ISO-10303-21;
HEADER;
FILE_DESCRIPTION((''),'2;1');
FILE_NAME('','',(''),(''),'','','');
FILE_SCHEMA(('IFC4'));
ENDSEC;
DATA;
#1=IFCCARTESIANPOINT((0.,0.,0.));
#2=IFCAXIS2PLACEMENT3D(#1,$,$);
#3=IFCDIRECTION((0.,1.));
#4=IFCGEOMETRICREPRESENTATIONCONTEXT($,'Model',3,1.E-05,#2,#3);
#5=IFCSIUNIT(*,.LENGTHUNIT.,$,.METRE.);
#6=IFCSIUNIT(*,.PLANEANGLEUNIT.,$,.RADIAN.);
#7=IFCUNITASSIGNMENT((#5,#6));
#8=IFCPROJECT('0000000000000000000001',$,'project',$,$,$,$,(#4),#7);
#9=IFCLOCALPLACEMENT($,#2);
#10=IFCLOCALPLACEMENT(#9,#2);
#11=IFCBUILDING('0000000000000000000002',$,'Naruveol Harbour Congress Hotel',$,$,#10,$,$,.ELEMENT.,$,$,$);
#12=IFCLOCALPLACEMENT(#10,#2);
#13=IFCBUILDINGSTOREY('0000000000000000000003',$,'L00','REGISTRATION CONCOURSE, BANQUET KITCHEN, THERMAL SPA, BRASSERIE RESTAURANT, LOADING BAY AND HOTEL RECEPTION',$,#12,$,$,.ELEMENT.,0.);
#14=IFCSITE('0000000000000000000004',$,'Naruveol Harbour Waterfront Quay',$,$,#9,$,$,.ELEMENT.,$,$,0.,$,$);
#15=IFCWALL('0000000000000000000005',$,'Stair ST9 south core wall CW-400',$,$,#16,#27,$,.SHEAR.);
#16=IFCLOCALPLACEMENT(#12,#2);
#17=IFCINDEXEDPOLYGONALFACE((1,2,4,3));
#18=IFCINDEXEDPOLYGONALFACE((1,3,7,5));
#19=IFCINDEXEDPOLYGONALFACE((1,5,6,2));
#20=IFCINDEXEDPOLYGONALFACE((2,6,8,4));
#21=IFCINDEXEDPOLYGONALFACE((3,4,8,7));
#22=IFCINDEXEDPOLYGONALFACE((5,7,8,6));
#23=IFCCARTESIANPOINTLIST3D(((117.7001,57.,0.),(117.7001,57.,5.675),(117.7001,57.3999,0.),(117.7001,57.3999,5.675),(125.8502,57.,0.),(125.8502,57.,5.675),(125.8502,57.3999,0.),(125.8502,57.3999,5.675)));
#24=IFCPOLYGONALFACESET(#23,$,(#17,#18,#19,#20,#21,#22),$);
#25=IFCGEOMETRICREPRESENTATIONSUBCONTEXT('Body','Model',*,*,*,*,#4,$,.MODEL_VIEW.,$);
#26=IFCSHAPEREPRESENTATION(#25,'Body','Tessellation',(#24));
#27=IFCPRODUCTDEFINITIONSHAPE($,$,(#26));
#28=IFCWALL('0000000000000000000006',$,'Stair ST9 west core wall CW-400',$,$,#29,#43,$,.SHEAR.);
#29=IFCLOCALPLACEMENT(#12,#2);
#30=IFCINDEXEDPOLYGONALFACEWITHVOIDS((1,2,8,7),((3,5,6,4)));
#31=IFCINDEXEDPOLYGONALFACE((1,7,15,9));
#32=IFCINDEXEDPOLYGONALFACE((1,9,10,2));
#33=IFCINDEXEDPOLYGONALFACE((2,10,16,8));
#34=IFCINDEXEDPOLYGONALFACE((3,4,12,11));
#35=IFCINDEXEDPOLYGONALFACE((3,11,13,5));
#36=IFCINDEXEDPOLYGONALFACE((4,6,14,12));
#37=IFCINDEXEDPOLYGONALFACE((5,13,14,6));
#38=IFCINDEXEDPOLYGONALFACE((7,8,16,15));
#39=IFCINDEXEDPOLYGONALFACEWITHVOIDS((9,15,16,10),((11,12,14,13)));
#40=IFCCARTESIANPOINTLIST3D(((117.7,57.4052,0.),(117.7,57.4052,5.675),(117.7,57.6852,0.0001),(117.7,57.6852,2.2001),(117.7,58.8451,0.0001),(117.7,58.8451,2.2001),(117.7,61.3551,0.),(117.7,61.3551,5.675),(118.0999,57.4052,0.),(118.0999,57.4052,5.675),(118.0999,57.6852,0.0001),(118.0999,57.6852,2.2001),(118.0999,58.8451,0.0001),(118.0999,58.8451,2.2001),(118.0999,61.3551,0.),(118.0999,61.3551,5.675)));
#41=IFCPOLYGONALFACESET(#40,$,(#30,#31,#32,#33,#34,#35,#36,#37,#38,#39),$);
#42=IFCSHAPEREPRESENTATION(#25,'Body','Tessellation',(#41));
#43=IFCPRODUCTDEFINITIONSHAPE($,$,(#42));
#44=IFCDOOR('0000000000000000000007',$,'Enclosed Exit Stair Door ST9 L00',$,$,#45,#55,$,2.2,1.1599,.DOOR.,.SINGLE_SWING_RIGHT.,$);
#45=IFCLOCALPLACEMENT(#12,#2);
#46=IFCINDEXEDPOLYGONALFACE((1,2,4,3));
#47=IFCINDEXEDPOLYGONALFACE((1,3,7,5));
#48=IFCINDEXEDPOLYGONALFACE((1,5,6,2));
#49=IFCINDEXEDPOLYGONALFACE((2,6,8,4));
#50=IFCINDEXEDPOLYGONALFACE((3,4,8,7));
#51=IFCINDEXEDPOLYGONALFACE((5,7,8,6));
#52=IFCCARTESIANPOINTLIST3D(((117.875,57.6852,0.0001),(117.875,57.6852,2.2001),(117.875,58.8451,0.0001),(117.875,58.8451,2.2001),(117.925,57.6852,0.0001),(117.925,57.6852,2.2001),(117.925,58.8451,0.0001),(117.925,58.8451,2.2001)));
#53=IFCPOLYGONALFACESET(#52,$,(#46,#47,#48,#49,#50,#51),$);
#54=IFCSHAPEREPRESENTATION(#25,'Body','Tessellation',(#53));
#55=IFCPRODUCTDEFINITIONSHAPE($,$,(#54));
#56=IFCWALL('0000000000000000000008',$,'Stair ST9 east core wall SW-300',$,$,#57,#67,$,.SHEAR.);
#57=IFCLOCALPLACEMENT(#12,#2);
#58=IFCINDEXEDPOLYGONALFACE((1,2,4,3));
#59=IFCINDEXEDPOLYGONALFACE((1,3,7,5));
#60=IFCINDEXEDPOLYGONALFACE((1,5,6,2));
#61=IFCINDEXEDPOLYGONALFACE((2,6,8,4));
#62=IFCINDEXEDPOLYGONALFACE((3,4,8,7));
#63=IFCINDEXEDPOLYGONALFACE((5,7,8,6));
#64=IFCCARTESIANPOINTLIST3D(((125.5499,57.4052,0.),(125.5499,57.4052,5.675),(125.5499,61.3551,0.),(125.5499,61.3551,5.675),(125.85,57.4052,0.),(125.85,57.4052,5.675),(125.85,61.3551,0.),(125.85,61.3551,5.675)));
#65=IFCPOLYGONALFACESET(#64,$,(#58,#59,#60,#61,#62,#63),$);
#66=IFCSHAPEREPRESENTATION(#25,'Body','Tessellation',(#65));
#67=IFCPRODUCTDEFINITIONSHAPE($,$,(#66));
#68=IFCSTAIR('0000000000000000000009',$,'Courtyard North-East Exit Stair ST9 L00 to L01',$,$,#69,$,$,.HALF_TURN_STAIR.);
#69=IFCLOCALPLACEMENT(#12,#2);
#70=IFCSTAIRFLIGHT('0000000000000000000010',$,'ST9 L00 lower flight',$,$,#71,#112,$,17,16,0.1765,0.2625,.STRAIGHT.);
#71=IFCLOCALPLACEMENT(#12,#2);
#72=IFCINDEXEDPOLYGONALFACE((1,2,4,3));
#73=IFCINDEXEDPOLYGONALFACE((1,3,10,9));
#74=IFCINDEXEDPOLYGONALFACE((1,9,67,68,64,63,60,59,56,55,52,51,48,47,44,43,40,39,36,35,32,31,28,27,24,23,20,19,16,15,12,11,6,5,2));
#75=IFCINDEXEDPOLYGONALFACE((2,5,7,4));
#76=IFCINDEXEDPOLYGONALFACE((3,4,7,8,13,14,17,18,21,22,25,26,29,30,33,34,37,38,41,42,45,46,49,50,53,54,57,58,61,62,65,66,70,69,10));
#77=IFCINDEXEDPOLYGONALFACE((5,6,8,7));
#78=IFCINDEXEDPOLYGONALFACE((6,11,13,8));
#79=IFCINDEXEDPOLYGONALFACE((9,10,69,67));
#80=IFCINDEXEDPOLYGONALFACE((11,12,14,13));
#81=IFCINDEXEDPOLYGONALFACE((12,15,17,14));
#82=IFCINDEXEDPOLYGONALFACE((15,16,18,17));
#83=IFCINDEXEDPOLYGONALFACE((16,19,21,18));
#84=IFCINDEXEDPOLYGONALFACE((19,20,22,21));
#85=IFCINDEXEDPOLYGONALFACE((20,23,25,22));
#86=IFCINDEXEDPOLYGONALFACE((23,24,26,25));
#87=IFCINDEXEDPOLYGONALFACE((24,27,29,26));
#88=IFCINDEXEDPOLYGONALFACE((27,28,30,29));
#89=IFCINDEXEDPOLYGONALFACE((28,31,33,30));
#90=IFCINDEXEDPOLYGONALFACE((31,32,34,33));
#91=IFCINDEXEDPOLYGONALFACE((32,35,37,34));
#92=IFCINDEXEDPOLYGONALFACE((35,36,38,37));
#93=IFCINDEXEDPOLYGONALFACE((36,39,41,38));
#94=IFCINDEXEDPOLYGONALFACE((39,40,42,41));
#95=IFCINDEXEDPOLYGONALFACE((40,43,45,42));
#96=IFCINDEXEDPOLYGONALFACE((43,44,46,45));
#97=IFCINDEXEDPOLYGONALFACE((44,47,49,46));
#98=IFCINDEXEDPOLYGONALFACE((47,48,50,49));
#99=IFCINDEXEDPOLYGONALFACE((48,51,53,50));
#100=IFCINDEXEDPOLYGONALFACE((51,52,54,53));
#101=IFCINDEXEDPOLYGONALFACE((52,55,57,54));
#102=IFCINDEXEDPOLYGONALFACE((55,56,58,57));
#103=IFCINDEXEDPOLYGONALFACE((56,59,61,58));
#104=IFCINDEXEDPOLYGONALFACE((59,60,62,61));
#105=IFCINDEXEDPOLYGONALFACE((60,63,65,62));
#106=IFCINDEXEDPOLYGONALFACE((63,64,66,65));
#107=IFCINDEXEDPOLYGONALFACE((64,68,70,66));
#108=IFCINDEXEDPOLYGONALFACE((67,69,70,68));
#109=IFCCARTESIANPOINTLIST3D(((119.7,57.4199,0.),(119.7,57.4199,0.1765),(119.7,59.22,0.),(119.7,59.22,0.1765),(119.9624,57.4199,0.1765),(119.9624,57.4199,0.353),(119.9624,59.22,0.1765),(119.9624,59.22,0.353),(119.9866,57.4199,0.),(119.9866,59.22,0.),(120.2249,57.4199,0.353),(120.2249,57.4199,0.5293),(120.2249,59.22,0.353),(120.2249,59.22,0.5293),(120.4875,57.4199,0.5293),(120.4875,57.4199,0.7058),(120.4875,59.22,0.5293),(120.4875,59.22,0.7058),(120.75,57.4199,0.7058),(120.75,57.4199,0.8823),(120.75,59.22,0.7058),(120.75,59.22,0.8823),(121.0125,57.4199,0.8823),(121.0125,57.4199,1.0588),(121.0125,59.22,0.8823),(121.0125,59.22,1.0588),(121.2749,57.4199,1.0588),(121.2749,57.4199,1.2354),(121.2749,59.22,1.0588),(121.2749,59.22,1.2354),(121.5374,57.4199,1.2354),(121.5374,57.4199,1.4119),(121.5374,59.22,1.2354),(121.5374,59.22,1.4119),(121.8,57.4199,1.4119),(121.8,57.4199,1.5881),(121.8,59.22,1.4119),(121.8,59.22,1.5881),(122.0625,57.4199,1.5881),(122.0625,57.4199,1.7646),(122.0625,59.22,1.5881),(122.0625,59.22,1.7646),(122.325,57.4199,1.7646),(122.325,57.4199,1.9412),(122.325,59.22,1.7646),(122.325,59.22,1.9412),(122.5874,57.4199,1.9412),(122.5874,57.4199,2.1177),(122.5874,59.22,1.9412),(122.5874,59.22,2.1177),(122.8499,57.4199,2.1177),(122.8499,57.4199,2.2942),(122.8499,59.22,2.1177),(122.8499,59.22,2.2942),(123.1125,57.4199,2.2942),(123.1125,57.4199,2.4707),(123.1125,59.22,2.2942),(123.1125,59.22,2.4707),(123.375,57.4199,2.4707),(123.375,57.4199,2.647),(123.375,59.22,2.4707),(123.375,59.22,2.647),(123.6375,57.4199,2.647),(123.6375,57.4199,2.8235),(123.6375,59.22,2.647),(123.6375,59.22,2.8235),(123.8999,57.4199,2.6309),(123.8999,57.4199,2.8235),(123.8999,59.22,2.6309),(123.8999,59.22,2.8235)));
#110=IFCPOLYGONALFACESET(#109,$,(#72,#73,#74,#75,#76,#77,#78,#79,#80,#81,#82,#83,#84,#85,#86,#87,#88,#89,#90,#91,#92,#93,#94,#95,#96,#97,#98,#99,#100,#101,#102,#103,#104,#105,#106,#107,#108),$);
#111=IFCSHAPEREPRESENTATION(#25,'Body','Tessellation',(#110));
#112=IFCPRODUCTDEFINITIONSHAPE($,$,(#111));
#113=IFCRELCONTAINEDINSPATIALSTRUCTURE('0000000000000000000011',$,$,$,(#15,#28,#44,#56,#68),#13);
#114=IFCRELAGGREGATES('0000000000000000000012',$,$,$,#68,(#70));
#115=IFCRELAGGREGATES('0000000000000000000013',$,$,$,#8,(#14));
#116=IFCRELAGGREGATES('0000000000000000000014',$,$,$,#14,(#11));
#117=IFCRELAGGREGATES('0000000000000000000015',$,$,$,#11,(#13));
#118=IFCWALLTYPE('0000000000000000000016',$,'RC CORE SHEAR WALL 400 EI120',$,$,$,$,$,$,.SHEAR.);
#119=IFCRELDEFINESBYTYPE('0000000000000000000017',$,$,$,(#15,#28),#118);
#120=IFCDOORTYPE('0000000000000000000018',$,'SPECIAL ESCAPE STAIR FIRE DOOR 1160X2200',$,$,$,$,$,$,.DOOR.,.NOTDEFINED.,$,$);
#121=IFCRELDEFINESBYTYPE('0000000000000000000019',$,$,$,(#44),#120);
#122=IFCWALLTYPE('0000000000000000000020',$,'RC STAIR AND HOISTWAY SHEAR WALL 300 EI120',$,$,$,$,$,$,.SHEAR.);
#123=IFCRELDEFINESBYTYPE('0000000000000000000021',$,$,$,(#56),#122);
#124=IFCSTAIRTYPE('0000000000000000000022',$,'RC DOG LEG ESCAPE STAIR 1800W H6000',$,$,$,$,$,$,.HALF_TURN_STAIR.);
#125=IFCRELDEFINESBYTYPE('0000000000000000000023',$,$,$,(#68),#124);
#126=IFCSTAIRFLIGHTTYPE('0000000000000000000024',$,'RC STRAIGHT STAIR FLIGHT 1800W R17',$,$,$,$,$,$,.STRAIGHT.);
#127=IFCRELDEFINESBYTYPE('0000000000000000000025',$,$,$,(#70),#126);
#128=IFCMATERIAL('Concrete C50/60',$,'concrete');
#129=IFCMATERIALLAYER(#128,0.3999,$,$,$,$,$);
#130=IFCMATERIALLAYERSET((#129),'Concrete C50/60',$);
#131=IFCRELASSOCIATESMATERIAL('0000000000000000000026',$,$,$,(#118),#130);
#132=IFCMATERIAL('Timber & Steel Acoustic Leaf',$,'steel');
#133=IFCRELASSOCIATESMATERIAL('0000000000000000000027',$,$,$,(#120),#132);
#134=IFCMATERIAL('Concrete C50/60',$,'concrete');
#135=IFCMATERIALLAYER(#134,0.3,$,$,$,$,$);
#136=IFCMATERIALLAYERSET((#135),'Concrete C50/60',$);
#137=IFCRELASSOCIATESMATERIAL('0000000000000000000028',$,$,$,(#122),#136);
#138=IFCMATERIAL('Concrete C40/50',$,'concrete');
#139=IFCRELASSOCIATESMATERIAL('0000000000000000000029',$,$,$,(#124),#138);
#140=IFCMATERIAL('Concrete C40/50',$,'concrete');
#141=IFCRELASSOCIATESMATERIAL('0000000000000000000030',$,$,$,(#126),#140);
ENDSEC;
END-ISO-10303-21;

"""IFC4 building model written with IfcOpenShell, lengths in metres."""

from ifc_helpers import new_model, si_unit, direction, frame, frame_2d, origin, place, context, subcontext, project, spatial, polyline, rectangle, outline, extrude, material, layer, layer_set, type_object, element, fill, aggregate, save


model = new_model("IFC4")

# Units and contexts
model_context = context("Model", 3, precision=1e-05, world=origin(), true_north=direction((0.0, 1.0)))
body_context = subcontext(model_context, "Body", "Model", "MODEL_VIEW")
ifc_project = project(units=[si_unit("LENGTHUNIT", "METRE"), si_unit("PLANEANGLEUNIT", "RADIAN")], contexts=[model_context])

# Site, building, storey
site_placement = place(None, origin())
site = spatial("IfcSite", under=ifc_project, at=site_placement, Name="Naruveol Harbour Waterfront Quay", CompositionType="ELEMENT", RefElevation=0.0)
building_placement = place(site_placement, origin())
building = spatial("IfcBuilding", under=site, at=building_placement, Name="Naruveol Harbour Congress Hotel", CompositionType="ELEMENT")
storey_placement = place(building_placement, origin())
storey = spatial("IfcBuildingStorey", under=building, at=storey_placement, Name="L00", Description="REGISTRATION CONCOURSE, BANQUET KITCHEN, THERMAL SPA, BRASSERIE RESTAURANT, LOADING BAY AND HOTEL RECEPTION", CompositionType="ELEMENT", Elevation=0.0)

# Wall
ifc_material_1 = material(Name="Concrete C50/60", Category="concrete")
ifc_layer_1 = layer(ifc_material_1, 0.3999)
ifc_layer_set_1 = layer_set([ifc_layer_1], Name="Concrete C50/60")
wall_type_1 = type_object("IfcWallType", Name="RC CORE SHEAR WALL 400 EI120", PredefinedType="SHEAR", material=ifc_layer_set_1)
wall_1_placement = place(storey_placement, frame((117.7, 57.2, 0.0), z_axis=(0.0, 0.0, 1.0), x_axis=(1.0, 0.0, 0.0)))
element("IfcWall", 1, at=wall_1_placement, inside=storey, type_object=wall_type_1, Name="Stair ST9 south core wall CW-400", PredefinedType="SHEAR", context=body_context, shape_type="SweptSolid", body=[
    extrude(rectangle(XDim=8.1501, YDim=0.3999, at=frame_2d((4.0752, 0.0))), origin(), (0.0, 0.0, 1.0), 5.675),
])

# Wall, opening, door
wall_2_placement = place(storey_placement, frame((117.8999, 57.405, 0.0), z_axis=(0.0, 0.0, 1.0), x_axis=(0.0, 1.0, 0.0)))
wall_2 = element("IfcWall", 2, at=wall_2_placement, inside=storey, type_object=wall_type_1, Name="Stair ST9 west core wall CW-400", PredefinedType="SHEAR", context=body_context, shape_type="SweptSolid", body=[
    extrude(rectangle(XDim=3.95, YDim=0.3999, at=frame_2d((1.9751, 0.0))), origin(), (0.0, 0.0, 1.0), 5.675),
])
opening_1_placement = place(wall_2_placement, frame((0.28, 0.0, 0.0)))
opening_1 = element("IfcOpeningElement", 3, at=opening_1_placement, cuts=wall_2, PredefinedType="OPENING", context=body_context, shape_type="SweptSolid", body=[
    extrude(rectangle(XDim=1.1599, YDim=2.2, at=frame_2d((0.5801, 1.1001))), frame((0.0, 0.21, 0.0), z_axis=(0.0, -1.0, 0.0), x_axis=(1.0, 0.0, 0.0)), (0.0, 0.0, 1.0), 0.4199),
])
ifc_material_2 = material(Name="Timber & Steel Acoustic Leaf", Category="steel")
door_type_1 = type_object("IfcDoorType", Name="SPECIAL ESCAPE STAIR FIRE DOOR 1160X2200", OperationType="NOTDEFINED", PredefinedType="DOOR", material=ifc_material_2)
door_1_placement = place(opening_1_placement, origin())
door_1 = element("IfcDoor", 4, at=door_1_placement, inside=storey, type_object=door_type_1, Name="Enclosed Exit Stair Door ST9 L00", OperationType="SINGLE_SWING_RIGHT", OverallHeight=2.2, OverallWidth=1.1599, PredefinedType="DOOR", context=body_context, shape_type="SweptSolid", body=[
    extrude(rectangle(XDim=1.1599, YDim=2.2, at=frame_2d((0.5801, 1.1001))), frame((0.0, 0.0249, 0.0), z_axis=(0.0, -1.0, 0.0), x_axis=(1.0, 0.0, 0.0)), (0.0, 0.0, 1.0), 0.05),
])
fill(opening_1, door_1)

# Wall
ifc_material_3 = material(Name="Concrete C50/60", Category="concrete")
ifc_layer_2 = layer(ifc_material_3, 0.3)
ifc_layer_set_2 = layer_set([ifc_layer_2], Name="Concrete C50/60")
wall_type_2 = type_object("IfcWallType", Name="RC STAIR AND HOISTWAY SHEAR WALL 300 EI120", PredefinedType="SHEAR", material=ifc_layer_set_2)
wall_3_placement = place(storey_placement, frame((125.7, 57.405, 0.0), z_axis=(0.0, 0.0, 1.0), x_axis=(0.0, 1.0, 0.0)))
element("IfcWall", 5, at=wall_3_placement, inside=storey, type_object=wall_type_2, Name="Stair ST9 east core wall SW-300", PredefinedType="SHEAR", context=body_context, shape_type="SweptSolid", body=[
    extrude(rectangle(XDim=3.95, YDim=0.3, at=frame_2d((1.9751, 0.0))), origin(), (0.0, 0.0, 1.0), 5.675),
])

# Stair, stair flight
ifc_material_4 = material(Name="Concrete C40/50", Category="concrete")
stair_type = type_object("IfcStairType", Name="RC DOG LEG ESCAPE STAIR 1800W H6000", PredefinedType="HALF_TURN_STAIR", material=ifc_material_4)
stair_placement = place(storey_placement, origin())
stair = element("IfcStair", 6, at=stair_placement, inside=storey, type_object=stair_type, Name="Courtyard North-East Exit Stair ST9 L00 to L01", PredefinedType="HALF_TURN_STAIR")
ifc_material_5 = material(Name="Concrete C40/50", Category="concrete")
stair_flight_type = type_object("IfcStairFlightType", Name="RC STRAIGHT STAIR FLIGHT 1800W R17", PredefinedType="STRAIGHT", material=ifc_material_5)
stair_flight_placement = place(storey_placement, frame((119.7, 58.3201, 0.0), z_axis=(0.0, 0.0, 1.0), x_axis=(1.0, 0.0, 0.0)))
stair_flight = element("IfcStairFlight", 7, at=stair_flight_placement, type_object=stair_flight_type, Name="ST9 L00 lower flight", NumberOfRisers=17, NumberOfTreads=16, PredefinedType="STRAIGHT", RiserHeight=0.1765, TreadLength=0.2625, context=body_context, shape_type="SweptSolid", body=[
    extrude(outline(polyline([(0.0, 0.0), (0.0, 0.1765), (0.2625, 0.1765), (0.2625, 0.353), (0.5249, 0.353), (0.5249, 0.5293), (0.7876, 0.5293), (0.7876, 0.7058), (1.05, 0.7058), (1.05, 0.8823), (1.3125, 0.8823), (1.3125, 1.0588), (1.575, 1.0588), (1.575, 1.2354), (1.8374, 1.2354), (1.8374, 1.4119), (2.1001, 1.4119), (2.1001, 1.5881), (2.3625, 1.5881), (2.3625, 1.7646), (2.625, 1.7646), (2.625, 1.9412), (2.8875, 1.9412), (2.8875, 2.1177), (3.1499, 2.1177), (3.1499, 2.2942), (3.4126, 2.2942), (3.4126, 2.4707), (3.675, 2.4707), (3.675, 2.647), (3.9375, 2.647), (3.9375, 2.8235), (4.2, 2.8235), (4.2, 3.0), (4.2, 2.6309), (0.2866, 0.0), (0.0, 0.0)])), frame((0.0, 0.8999, 0.0), z_axis=(0.0, -1.0, 0.0), x_axis=(1.0, 0.0, 0.0)), (0.0, 0.0, 1.0), 1.8),
])
aggregate(stair, [stair_flight])

save(model, "model.ifc")
